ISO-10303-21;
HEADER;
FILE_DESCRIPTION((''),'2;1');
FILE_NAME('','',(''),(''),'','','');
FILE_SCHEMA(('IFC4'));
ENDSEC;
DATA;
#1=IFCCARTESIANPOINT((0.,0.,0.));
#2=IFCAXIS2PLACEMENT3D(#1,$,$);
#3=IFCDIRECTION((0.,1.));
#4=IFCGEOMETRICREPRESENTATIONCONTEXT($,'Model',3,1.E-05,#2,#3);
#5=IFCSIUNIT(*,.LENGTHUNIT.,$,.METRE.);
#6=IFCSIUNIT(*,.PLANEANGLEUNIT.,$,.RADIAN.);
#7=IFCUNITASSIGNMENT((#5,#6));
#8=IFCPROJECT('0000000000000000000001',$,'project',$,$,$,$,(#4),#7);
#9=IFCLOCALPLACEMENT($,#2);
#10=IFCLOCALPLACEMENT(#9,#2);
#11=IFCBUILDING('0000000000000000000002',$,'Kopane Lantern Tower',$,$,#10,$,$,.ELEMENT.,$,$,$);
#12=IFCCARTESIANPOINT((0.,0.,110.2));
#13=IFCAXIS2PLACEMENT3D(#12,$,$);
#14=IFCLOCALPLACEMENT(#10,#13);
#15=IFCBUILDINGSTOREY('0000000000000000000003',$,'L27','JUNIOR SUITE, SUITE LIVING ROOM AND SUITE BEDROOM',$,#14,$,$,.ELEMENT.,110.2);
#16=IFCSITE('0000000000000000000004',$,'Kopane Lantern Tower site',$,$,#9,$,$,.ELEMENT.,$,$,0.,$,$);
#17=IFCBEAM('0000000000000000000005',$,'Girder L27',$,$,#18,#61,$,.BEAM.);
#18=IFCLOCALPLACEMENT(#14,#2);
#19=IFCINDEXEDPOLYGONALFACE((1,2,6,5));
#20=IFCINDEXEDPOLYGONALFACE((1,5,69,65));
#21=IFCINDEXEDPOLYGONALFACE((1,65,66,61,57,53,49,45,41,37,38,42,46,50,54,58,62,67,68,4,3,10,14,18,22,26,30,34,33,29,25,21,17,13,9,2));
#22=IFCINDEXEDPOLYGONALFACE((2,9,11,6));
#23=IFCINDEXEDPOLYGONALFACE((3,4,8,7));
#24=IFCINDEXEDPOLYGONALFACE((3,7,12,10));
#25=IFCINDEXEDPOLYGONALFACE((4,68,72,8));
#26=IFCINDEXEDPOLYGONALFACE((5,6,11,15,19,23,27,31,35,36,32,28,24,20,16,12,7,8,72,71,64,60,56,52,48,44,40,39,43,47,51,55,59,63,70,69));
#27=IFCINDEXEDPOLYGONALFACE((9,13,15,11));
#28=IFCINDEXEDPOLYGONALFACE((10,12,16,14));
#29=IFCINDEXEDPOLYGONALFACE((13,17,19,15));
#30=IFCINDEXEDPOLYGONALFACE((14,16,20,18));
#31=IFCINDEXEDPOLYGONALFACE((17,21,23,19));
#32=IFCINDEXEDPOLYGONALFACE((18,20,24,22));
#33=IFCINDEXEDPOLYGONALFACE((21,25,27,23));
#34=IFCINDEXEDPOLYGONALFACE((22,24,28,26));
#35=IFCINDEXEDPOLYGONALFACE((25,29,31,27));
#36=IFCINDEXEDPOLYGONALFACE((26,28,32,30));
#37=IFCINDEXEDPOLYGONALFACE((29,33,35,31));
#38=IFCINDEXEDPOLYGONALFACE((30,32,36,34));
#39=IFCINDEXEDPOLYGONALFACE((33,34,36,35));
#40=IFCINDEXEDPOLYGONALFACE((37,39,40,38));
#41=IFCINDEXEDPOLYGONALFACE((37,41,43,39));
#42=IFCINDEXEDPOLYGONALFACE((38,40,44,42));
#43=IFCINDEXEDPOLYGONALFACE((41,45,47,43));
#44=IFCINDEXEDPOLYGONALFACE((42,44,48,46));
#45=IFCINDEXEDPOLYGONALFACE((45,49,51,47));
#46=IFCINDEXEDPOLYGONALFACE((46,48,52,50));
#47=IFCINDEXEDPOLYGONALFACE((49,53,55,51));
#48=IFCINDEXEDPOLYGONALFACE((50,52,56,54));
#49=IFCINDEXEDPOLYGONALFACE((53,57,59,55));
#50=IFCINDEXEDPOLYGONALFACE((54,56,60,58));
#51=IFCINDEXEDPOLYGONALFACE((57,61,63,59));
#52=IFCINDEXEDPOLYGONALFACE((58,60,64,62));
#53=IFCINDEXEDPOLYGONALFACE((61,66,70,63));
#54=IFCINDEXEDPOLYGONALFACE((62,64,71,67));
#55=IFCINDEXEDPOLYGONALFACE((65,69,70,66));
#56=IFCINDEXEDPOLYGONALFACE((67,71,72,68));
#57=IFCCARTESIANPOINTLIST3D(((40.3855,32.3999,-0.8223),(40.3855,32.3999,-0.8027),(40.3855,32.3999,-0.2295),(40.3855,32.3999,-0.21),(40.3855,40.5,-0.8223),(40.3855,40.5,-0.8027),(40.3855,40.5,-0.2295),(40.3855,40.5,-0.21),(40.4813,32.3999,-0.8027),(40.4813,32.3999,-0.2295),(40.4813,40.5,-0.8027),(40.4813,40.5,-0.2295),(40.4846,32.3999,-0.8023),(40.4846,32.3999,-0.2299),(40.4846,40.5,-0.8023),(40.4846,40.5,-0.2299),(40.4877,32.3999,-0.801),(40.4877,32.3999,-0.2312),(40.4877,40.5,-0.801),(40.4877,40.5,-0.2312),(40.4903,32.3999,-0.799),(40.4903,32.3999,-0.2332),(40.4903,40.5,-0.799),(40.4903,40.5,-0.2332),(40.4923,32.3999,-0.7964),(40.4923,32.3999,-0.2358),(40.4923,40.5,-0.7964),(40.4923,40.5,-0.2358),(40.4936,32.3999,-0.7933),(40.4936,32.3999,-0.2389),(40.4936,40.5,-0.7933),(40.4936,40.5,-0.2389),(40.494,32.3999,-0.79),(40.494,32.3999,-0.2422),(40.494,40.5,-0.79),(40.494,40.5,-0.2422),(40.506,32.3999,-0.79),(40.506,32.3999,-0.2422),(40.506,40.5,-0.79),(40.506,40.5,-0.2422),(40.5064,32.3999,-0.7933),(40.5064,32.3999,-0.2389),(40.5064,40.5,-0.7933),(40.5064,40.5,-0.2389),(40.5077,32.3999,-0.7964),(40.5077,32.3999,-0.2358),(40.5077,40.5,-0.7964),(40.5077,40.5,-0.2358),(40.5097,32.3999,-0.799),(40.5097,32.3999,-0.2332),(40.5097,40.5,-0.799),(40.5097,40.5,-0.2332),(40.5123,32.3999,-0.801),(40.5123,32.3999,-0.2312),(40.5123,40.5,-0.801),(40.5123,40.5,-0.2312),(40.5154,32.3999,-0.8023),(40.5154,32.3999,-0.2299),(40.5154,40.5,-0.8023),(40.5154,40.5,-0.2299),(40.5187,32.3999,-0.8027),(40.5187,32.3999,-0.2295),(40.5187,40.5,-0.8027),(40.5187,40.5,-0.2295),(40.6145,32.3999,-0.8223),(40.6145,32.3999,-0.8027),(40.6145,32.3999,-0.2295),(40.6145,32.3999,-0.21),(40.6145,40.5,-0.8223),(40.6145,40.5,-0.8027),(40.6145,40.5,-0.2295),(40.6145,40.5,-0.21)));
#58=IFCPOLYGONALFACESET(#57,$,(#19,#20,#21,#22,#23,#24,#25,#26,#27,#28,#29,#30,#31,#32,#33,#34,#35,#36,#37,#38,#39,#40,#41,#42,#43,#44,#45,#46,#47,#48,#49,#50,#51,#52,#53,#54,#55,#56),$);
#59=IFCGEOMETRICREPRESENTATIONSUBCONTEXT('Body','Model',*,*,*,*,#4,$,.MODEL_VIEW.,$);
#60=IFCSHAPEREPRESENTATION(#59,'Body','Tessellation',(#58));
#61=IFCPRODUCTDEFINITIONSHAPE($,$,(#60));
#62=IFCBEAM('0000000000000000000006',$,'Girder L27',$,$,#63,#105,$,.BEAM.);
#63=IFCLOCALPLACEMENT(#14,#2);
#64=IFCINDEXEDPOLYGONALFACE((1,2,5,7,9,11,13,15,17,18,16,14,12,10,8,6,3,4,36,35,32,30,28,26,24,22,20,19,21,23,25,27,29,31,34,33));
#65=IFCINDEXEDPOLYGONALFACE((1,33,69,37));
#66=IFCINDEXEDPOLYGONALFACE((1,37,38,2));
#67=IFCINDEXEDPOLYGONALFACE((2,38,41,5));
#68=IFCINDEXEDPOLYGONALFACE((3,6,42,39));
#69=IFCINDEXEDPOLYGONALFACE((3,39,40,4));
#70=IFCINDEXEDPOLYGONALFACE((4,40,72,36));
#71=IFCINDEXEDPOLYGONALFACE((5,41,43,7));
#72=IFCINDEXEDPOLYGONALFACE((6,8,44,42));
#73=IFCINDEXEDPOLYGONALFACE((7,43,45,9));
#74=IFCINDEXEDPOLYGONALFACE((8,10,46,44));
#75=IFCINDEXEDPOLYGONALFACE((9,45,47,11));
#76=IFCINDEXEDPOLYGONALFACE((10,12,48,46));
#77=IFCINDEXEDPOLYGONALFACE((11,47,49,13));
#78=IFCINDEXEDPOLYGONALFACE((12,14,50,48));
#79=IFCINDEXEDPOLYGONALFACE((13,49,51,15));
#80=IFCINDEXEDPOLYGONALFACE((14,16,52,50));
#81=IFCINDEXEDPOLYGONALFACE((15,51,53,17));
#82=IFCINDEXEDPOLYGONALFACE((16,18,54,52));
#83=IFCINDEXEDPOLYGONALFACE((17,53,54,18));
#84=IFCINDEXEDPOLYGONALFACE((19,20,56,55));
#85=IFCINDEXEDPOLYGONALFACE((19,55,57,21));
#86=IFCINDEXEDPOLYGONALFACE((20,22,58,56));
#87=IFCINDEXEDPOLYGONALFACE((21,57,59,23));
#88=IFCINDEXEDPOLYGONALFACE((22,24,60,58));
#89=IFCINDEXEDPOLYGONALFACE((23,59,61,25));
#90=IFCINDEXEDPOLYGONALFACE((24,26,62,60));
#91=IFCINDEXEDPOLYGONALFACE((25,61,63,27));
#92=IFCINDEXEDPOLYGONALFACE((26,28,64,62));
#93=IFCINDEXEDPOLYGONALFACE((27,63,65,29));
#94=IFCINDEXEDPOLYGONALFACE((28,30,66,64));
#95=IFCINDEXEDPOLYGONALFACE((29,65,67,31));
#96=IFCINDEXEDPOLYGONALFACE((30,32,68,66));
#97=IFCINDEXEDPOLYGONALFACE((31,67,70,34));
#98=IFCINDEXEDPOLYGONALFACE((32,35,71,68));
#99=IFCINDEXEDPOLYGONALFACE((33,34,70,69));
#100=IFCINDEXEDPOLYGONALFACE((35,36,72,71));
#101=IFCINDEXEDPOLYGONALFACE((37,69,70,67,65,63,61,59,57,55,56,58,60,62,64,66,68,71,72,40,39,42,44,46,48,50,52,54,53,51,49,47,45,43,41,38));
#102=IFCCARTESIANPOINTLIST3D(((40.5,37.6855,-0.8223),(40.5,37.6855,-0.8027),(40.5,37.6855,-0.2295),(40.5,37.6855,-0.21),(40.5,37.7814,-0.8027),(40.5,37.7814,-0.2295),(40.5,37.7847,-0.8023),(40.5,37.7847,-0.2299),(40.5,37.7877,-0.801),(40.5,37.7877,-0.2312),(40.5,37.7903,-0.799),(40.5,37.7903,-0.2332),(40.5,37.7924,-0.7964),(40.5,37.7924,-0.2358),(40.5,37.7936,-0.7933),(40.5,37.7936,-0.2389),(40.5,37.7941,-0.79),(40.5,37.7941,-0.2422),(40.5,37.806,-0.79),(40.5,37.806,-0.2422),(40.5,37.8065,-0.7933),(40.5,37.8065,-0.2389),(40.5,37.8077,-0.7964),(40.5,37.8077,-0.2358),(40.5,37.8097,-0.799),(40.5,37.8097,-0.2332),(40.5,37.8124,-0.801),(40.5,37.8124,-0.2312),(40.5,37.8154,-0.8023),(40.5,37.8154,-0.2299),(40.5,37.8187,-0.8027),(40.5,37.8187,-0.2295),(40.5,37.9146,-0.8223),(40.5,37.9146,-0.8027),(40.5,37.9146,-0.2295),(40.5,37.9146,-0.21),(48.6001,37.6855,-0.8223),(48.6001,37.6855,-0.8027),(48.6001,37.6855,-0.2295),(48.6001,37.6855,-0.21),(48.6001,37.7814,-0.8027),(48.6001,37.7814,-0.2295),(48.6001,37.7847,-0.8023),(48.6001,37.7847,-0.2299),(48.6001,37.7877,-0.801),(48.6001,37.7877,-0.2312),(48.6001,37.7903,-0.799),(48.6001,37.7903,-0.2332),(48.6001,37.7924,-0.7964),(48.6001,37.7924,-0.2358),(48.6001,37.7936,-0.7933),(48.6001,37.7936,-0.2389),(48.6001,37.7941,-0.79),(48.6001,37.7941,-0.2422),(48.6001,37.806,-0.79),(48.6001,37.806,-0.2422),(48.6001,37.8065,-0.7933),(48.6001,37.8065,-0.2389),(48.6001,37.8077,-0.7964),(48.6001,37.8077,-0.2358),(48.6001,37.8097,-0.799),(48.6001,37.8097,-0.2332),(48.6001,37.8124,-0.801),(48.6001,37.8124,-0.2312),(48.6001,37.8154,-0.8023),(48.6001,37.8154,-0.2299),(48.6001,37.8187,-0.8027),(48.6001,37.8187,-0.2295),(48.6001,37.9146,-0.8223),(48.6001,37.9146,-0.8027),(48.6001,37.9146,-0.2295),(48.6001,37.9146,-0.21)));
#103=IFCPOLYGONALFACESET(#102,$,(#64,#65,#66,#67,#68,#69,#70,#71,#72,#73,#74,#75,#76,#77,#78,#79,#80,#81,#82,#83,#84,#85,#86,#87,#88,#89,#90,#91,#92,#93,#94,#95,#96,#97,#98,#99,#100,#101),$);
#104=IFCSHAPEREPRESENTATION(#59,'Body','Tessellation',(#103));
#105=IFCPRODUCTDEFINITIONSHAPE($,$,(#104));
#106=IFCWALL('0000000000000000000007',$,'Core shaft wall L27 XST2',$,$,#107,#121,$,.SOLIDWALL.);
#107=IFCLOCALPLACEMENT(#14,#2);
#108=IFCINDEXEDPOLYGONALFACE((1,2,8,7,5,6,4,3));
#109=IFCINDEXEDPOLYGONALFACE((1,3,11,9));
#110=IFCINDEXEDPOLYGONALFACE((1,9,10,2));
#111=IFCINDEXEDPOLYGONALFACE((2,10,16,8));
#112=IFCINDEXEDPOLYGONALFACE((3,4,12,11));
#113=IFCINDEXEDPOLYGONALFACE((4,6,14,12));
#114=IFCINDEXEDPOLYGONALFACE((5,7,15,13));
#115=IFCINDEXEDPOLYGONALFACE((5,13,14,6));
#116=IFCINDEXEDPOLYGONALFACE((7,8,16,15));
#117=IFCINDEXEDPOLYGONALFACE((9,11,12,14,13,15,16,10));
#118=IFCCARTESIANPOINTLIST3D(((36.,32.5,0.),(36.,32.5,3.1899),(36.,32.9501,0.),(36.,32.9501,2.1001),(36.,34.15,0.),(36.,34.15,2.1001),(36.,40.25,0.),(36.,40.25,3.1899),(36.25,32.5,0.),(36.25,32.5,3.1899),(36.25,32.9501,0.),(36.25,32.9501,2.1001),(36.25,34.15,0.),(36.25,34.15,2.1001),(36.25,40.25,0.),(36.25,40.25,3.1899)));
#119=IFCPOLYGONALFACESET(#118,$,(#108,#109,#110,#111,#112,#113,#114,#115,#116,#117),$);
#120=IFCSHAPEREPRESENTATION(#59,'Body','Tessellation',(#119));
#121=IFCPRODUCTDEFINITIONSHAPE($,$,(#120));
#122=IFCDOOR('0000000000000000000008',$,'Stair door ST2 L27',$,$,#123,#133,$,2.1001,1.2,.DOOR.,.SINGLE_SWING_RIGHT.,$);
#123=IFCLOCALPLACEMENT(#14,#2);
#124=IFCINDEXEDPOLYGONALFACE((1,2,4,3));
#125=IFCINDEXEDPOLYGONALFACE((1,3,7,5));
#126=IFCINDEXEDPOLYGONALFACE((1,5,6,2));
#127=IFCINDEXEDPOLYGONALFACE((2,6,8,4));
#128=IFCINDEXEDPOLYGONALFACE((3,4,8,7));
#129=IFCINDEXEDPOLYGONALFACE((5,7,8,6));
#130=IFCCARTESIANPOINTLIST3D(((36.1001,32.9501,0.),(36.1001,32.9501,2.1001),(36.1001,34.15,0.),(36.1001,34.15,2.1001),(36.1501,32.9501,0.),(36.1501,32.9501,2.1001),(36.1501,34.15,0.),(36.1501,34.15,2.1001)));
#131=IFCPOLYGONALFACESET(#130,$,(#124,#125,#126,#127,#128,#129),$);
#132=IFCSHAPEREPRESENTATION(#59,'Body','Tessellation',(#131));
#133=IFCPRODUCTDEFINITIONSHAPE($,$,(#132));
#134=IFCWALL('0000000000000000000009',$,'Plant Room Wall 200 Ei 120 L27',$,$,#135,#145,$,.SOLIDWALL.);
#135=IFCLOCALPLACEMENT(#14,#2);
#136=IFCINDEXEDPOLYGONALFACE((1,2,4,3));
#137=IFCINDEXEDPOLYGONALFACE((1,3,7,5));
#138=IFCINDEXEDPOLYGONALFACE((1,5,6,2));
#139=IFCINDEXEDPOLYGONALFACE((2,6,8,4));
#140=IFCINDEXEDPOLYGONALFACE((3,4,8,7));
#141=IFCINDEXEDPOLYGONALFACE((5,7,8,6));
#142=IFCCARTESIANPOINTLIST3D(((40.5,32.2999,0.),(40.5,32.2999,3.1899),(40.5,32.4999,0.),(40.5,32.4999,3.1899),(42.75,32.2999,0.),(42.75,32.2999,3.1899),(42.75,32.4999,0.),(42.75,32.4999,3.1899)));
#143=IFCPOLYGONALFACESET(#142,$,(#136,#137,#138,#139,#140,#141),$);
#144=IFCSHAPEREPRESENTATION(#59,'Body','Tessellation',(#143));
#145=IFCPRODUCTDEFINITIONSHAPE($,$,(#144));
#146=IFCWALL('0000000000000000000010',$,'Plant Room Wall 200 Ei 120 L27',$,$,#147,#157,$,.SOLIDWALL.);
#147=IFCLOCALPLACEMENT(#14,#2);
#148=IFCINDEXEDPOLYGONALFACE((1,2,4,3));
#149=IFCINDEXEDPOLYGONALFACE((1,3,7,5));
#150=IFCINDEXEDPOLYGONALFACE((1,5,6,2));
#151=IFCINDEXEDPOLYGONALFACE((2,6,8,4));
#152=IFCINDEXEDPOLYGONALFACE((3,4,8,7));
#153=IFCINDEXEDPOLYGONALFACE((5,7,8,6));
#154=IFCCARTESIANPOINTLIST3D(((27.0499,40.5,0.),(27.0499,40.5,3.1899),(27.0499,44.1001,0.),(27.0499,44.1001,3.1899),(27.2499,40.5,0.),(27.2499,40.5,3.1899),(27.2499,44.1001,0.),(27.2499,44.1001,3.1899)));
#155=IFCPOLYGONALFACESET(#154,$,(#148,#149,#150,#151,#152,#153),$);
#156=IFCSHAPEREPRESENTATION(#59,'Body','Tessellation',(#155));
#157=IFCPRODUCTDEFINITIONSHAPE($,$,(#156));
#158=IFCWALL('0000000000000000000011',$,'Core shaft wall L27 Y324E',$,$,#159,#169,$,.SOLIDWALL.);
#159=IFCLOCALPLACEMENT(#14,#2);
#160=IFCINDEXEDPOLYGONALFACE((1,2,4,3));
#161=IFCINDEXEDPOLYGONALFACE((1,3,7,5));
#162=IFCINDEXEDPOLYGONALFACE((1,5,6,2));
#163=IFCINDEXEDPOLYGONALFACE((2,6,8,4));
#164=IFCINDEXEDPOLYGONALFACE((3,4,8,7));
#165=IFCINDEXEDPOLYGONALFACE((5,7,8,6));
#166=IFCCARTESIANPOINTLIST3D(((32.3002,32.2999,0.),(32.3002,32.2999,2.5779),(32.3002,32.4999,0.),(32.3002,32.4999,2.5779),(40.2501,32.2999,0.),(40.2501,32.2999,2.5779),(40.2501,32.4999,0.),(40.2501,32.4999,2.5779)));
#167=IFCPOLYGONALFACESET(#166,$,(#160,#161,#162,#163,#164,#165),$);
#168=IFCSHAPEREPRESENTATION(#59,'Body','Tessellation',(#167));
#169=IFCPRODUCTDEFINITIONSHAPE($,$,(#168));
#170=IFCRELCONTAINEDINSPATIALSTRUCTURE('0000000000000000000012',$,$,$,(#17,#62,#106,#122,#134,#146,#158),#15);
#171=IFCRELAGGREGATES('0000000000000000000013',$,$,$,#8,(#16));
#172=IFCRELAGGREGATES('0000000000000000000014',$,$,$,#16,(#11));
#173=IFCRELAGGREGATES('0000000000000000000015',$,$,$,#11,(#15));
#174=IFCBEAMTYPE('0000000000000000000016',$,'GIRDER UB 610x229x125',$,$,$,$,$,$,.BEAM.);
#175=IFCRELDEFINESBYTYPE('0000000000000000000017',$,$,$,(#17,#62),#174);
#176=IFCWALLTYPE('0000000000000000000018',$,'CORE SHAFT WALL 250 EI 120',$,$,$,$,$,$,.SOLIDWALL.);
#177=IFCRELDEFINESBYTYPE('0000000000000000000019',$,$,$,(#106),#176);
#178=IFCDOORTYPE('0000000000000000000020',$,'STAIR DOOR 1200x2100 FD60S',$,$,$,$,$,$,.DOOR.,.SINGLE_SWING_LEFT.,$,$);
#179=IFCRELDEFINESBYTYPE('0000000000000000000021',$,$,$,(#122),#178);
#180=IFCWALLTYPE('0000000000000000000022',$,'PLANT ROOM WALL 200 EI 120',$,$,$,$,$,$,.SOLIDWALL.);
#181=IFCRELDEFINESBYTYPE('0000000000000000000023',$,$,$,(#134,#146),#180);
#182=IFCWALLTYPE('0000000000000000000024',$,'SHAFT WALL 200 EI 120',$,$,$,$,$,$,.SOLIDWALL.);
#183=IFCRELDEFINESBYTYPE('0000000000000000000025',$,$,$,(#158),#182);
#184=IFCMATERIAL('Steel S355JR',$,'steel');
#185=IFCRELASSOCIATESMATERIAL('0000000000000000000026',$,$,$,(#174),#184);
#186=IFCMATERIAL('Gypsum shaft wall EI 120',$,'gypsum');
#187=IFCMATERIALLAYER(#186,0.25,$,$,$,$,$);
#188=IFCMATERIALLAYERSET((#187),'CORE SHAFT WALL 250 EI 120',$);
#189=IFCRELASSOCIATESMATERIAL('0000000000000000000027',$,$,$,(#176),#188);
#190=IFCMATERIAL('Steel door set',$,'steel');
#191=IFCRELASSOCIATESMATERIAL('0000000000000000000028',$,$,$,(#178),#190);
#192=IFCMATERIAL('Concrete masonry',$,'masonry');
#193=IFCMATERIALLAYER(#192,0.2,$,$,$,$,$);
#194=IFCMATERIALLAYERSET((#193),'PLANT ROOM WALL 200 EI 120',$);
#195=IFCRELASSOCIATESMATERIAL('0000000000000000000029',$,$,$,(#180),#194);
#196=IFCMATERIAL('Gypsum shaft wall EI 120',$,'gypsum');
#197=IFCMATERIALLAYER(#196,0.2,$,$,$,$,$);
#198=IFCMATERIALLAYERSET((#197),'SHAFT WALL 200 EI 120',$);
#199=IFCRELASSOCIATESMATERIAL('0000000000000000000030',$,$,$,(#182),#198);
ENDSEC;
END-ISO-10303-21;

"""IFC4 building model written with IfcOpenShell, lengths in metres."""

from ifc_helpers import new_model, si_unit, direction, frame, frame_2d, origin, origin_2d, place, context, subcontext, project, spatial, rectangle, i_section, extrude, material, layer, layer_set, material_profile, profile_set, type_object, element, fill, save


model = new_model("IFC4")

# Units and contexts
model_context = context("Model", 3, precision=1e-05, world=origin(), true_north=direction((0.0, 1.0)))
body_context = subcontext(model_context, "Body", "Model", "MODEL_VIEW")
ifc_project = project(units=[si_unit("LENGTHUNIT", "METRE"), si_unit("PLANEANGLEUNIT", "RADIAN")], contexts=[model_context])

# Site, building, storey
site_placement = place(None, origin())
site = spatial("IfcSite", under=ifc_project, at=site_placement, Name="Kopane Lantern Tower site", CompositionType="ELEMENT", RefElevation=0.0)
building_placement = place(site_placement, origin())
building = spatial("IfcBuilding", under=site, at=building_placement, Name="Kopane Lantern Tower", CompositionType="ELEMENT")
storey_placement = place(building_placement, frame((0.0, 0.0, 110.2)))
storey = spatial("IfcBuildingStorey", under=building, at=storey_placement, Name="L27", Description="JUNIOR SUITE, SUITE LIVING ROOM AND SUITE BEDROOM", CompositionType="ELEMENT", Elevation=110.2)

# Beams
ifc_material_1 = material(Name="Steel S355JR", Category="steel")
ifc_material_profile_1 = material_profile(ifc_material_1, i_section(OverallWidth=0.229, OverallDepth=0.6123, WebThickness=0.012, FlangeThickness=0.0195, FilletRadius=0.0127, at=origin_2d()), Name="UB 610x229x125")
ifc_profile_set_1 = profile_set([ifc_material_profile_1], Name="Steel S355JR")
beam_type_1 = type_object("IfcBeamType", Name="GIRDER UB 610x229x125", PredefinedType="BEAM", material=ifc_profile_set_1)
for number, where, z_axis, x_axis, name in (
    (1, (40.5, 32.3999, -0.5161), (0.0, 1.0, 0.0), (-1.0, 0.0, 0.0), "Girder L27"),
    (2, (40.5, 37.8, -0.5161), (1.0, 0.0, 0.0), (0.0, 1.0, 0.0), "Girder L27"),
):
    element("IfcBeam", number, at=place(storey_placement, frame(where, z_axis=z_axis, x_axis=x_axis)), inside=storey, type_object=beam_type_1, Name=name, PredefinedType="BEAM", context=body_context, shape_type="SweptSolid", body=[
        extrude(i_section(OverallWidth=0.229, OverallDepth=0.6123, WebThickness=0.012, FlangeThickness=0.0195, FilletRadius=0.0127, at=origin_2d()), origin(), (0.0, 0.0, 1.0), 8.1001),
    ])

# Wall, opening, door
ifc_material_2 = material(Name="Gypsum shaft wall EI 120", Category="gypsum")
ifc_layer_1 = layer(ifc_material_2, 0.25)
ifc_layer_set_1 = layer_set([ifc_layer_1], Name="CORE SHAFT WALL 250 EI 120")
wall_type_1 = type_object("IfcWallType", Name="CORE SHAFT WALL 250 EI 120", PredefinedType="SOLIDWALL", material=ifc_layer_set_1)
wall_1_placement = place(storey_placement, frame((36.125, 32.5, 0.0), z_axis=(0.0, 0.0, 1.0), x_axis=(0.0, 1.0, 0.0)))
wall_1 = element("IfcWall", 3, at=wall_1_placement, inside=storey, type_object=wall_type_1, Name="Core shaft wall L27 XST2", PredefinedType="SOLIDWALL", context=body_context, shape_type="SweptSolid", body=[
    extrude(rectangle(XDim=7.75, YDim=0.25, at=frame_2d((3.875, 0.0))), origin(), (0.0, 0.0, 1.0), 3.1899),
])
opening_1_placement = place(wall_1_placement, frame((0.45, 0.0, 0.0)))
opening_1 = element("IfcOpeningElement", 4, at=opening_1_placement, cuts=wall_1, PredefinedType="OPENING", context=body_context, shape_type="SweptSolid", body=[
    extrude(rectangle(XDim=1.2, YDim=2.1001, at=frame_2d((0.6001, 1.05))), frame((0.0, 0.135, 0.0), z_axis=(0.0, -1.0, 0.0), x_axis=(1.0, 0.0, 0.0)), (0.0, 0.0, 1.0), 0.27),
])
ifc_material_3 = material(Name="Steel door set", Category="steel")
door_type_1 = type_object("IfcDoorType", Name="STAIR DOOR 1200x2100 FD60S", OperationType="SINGLE_SWING_LEFT", PredefinedType="DOOR", material=ifc_material_3)
door_1_placement = place(opening_1_placement, origin())
door_1 = element("IfcDoor", 5, at=door_1_placement, inside=storey, type_object=door_type_1, Name="Stair door ST2 L27", OperationType="SINGLE_SWING_RIGHT", OverallHeight=2.1001, OverallWidth=1.2, PredefinedType="DOOR", context=body_context, shape_type="SweptSolid", body=[
    extrude(rectangle(XDim=1.2, YDim=2.1001, at=frame_2d((0.6001, 1.05))), frame((0.0, 0.0249, 0.0), z_axis=(0.0, -1.0, 0.0), x_axis=(1.0, 0.0, 0.0)), (0.0, 0.0, 1.0), 0.05),
])
fill(opening_1, door_1)

# Walls
ifc_material_4 = material(Name="Concrete masonry", Category="masonry")
ifc_layer_2 = layer(ifc_material_4, 0.2)
ifc_layer_set_2 = layer_set([ifc_layer_2], Name="PLANT ROOM WALL 200 EI 120")
wall_type_2 = type_object("IfcWallType", Name="PLANT ROOM WALL 200 EI 120", PredefinedType="SOLIDWALL", material=ifc_layer_set_2)
wall_2_placement = place(storey_placement, frame((40.5, 32.3999, 0.0), z_axis=(0.0, 0.0, 1.0), x_axis=(1.0, 0.0, 0.0)))
element("IfcWall", 6, at=wall_2_placement, inside=storey, type_object=wall_type_2, Name="Plant Room Wall 200 Ei 120 L27", PredefinedType="SOLIDWALL", context=body_context, shape_type="SweptSolid", body=[
    extrude(rectangle(XDim=2.25, YDim=0.2, at=frame_2d((1.125, 0.0))), origin(), (0.0, 0.0, 1.0), 3.1899),
])
wall_3_placement = place(storey_placement, frame((27.1499, 40.5, 0.0), z_axis=(0.0, 0.0, 1.0), x_axis=(0.0, 1.0, 0.0)))
element("IfcWall", 7, at=wall_3_placement, inside=storey, type_object=wall_type_2, Name="Plant Room Wall 200 Ei 120 L27", PredefinedType="SOLIDWALL", context=body_context, shape_type="SweptSolid", body=[
    extrude(rectangle(XDim=3.6001, YDim=0.2, at=frame_2d((1.8, 0.0))), origin(), (0.0, 0.0, 1.0), 3.1899),
])
ifc_material_5 = material(Name="Gypsum shaft wall EI 120", Category="gypsum")
ifc_layer_3 = layer(ifc_material_5, 0.2)
ifc_layer_set_3 = layer_set([ifc_layer_3], Name="SHAFT WALL 200 EI 120")
wall_type_3 = type_object("IfcWallType", Name="SHAFT WALL 200 EI 120", PredefinedType="SOLIDWALL", material=ifc_layer_set_3)
wall_4_placement = place(storey_placement, frame((32.3, 32.3999, 0.0), z_axis=(0.0, 0.0, 1.0), x_axis=(1.0, 0.0, 0.0)))
element("IfcWall", 8, at=wall_4_placement, inside=storey, type_object=wall_type_3, Name="Core shaft wall L27 Y324E", PredefinedType="SOLIDWALL", context=body_context, shape_type="SweptSolid", body=[
    extrude(rectangle(XDim=7.95, YDim=0.2, at=frame_2d((3.9751, 0.0))), origin(), (0.0, 0.0, 1.0), 2.5779),
])

save(model, "model.ifc")
